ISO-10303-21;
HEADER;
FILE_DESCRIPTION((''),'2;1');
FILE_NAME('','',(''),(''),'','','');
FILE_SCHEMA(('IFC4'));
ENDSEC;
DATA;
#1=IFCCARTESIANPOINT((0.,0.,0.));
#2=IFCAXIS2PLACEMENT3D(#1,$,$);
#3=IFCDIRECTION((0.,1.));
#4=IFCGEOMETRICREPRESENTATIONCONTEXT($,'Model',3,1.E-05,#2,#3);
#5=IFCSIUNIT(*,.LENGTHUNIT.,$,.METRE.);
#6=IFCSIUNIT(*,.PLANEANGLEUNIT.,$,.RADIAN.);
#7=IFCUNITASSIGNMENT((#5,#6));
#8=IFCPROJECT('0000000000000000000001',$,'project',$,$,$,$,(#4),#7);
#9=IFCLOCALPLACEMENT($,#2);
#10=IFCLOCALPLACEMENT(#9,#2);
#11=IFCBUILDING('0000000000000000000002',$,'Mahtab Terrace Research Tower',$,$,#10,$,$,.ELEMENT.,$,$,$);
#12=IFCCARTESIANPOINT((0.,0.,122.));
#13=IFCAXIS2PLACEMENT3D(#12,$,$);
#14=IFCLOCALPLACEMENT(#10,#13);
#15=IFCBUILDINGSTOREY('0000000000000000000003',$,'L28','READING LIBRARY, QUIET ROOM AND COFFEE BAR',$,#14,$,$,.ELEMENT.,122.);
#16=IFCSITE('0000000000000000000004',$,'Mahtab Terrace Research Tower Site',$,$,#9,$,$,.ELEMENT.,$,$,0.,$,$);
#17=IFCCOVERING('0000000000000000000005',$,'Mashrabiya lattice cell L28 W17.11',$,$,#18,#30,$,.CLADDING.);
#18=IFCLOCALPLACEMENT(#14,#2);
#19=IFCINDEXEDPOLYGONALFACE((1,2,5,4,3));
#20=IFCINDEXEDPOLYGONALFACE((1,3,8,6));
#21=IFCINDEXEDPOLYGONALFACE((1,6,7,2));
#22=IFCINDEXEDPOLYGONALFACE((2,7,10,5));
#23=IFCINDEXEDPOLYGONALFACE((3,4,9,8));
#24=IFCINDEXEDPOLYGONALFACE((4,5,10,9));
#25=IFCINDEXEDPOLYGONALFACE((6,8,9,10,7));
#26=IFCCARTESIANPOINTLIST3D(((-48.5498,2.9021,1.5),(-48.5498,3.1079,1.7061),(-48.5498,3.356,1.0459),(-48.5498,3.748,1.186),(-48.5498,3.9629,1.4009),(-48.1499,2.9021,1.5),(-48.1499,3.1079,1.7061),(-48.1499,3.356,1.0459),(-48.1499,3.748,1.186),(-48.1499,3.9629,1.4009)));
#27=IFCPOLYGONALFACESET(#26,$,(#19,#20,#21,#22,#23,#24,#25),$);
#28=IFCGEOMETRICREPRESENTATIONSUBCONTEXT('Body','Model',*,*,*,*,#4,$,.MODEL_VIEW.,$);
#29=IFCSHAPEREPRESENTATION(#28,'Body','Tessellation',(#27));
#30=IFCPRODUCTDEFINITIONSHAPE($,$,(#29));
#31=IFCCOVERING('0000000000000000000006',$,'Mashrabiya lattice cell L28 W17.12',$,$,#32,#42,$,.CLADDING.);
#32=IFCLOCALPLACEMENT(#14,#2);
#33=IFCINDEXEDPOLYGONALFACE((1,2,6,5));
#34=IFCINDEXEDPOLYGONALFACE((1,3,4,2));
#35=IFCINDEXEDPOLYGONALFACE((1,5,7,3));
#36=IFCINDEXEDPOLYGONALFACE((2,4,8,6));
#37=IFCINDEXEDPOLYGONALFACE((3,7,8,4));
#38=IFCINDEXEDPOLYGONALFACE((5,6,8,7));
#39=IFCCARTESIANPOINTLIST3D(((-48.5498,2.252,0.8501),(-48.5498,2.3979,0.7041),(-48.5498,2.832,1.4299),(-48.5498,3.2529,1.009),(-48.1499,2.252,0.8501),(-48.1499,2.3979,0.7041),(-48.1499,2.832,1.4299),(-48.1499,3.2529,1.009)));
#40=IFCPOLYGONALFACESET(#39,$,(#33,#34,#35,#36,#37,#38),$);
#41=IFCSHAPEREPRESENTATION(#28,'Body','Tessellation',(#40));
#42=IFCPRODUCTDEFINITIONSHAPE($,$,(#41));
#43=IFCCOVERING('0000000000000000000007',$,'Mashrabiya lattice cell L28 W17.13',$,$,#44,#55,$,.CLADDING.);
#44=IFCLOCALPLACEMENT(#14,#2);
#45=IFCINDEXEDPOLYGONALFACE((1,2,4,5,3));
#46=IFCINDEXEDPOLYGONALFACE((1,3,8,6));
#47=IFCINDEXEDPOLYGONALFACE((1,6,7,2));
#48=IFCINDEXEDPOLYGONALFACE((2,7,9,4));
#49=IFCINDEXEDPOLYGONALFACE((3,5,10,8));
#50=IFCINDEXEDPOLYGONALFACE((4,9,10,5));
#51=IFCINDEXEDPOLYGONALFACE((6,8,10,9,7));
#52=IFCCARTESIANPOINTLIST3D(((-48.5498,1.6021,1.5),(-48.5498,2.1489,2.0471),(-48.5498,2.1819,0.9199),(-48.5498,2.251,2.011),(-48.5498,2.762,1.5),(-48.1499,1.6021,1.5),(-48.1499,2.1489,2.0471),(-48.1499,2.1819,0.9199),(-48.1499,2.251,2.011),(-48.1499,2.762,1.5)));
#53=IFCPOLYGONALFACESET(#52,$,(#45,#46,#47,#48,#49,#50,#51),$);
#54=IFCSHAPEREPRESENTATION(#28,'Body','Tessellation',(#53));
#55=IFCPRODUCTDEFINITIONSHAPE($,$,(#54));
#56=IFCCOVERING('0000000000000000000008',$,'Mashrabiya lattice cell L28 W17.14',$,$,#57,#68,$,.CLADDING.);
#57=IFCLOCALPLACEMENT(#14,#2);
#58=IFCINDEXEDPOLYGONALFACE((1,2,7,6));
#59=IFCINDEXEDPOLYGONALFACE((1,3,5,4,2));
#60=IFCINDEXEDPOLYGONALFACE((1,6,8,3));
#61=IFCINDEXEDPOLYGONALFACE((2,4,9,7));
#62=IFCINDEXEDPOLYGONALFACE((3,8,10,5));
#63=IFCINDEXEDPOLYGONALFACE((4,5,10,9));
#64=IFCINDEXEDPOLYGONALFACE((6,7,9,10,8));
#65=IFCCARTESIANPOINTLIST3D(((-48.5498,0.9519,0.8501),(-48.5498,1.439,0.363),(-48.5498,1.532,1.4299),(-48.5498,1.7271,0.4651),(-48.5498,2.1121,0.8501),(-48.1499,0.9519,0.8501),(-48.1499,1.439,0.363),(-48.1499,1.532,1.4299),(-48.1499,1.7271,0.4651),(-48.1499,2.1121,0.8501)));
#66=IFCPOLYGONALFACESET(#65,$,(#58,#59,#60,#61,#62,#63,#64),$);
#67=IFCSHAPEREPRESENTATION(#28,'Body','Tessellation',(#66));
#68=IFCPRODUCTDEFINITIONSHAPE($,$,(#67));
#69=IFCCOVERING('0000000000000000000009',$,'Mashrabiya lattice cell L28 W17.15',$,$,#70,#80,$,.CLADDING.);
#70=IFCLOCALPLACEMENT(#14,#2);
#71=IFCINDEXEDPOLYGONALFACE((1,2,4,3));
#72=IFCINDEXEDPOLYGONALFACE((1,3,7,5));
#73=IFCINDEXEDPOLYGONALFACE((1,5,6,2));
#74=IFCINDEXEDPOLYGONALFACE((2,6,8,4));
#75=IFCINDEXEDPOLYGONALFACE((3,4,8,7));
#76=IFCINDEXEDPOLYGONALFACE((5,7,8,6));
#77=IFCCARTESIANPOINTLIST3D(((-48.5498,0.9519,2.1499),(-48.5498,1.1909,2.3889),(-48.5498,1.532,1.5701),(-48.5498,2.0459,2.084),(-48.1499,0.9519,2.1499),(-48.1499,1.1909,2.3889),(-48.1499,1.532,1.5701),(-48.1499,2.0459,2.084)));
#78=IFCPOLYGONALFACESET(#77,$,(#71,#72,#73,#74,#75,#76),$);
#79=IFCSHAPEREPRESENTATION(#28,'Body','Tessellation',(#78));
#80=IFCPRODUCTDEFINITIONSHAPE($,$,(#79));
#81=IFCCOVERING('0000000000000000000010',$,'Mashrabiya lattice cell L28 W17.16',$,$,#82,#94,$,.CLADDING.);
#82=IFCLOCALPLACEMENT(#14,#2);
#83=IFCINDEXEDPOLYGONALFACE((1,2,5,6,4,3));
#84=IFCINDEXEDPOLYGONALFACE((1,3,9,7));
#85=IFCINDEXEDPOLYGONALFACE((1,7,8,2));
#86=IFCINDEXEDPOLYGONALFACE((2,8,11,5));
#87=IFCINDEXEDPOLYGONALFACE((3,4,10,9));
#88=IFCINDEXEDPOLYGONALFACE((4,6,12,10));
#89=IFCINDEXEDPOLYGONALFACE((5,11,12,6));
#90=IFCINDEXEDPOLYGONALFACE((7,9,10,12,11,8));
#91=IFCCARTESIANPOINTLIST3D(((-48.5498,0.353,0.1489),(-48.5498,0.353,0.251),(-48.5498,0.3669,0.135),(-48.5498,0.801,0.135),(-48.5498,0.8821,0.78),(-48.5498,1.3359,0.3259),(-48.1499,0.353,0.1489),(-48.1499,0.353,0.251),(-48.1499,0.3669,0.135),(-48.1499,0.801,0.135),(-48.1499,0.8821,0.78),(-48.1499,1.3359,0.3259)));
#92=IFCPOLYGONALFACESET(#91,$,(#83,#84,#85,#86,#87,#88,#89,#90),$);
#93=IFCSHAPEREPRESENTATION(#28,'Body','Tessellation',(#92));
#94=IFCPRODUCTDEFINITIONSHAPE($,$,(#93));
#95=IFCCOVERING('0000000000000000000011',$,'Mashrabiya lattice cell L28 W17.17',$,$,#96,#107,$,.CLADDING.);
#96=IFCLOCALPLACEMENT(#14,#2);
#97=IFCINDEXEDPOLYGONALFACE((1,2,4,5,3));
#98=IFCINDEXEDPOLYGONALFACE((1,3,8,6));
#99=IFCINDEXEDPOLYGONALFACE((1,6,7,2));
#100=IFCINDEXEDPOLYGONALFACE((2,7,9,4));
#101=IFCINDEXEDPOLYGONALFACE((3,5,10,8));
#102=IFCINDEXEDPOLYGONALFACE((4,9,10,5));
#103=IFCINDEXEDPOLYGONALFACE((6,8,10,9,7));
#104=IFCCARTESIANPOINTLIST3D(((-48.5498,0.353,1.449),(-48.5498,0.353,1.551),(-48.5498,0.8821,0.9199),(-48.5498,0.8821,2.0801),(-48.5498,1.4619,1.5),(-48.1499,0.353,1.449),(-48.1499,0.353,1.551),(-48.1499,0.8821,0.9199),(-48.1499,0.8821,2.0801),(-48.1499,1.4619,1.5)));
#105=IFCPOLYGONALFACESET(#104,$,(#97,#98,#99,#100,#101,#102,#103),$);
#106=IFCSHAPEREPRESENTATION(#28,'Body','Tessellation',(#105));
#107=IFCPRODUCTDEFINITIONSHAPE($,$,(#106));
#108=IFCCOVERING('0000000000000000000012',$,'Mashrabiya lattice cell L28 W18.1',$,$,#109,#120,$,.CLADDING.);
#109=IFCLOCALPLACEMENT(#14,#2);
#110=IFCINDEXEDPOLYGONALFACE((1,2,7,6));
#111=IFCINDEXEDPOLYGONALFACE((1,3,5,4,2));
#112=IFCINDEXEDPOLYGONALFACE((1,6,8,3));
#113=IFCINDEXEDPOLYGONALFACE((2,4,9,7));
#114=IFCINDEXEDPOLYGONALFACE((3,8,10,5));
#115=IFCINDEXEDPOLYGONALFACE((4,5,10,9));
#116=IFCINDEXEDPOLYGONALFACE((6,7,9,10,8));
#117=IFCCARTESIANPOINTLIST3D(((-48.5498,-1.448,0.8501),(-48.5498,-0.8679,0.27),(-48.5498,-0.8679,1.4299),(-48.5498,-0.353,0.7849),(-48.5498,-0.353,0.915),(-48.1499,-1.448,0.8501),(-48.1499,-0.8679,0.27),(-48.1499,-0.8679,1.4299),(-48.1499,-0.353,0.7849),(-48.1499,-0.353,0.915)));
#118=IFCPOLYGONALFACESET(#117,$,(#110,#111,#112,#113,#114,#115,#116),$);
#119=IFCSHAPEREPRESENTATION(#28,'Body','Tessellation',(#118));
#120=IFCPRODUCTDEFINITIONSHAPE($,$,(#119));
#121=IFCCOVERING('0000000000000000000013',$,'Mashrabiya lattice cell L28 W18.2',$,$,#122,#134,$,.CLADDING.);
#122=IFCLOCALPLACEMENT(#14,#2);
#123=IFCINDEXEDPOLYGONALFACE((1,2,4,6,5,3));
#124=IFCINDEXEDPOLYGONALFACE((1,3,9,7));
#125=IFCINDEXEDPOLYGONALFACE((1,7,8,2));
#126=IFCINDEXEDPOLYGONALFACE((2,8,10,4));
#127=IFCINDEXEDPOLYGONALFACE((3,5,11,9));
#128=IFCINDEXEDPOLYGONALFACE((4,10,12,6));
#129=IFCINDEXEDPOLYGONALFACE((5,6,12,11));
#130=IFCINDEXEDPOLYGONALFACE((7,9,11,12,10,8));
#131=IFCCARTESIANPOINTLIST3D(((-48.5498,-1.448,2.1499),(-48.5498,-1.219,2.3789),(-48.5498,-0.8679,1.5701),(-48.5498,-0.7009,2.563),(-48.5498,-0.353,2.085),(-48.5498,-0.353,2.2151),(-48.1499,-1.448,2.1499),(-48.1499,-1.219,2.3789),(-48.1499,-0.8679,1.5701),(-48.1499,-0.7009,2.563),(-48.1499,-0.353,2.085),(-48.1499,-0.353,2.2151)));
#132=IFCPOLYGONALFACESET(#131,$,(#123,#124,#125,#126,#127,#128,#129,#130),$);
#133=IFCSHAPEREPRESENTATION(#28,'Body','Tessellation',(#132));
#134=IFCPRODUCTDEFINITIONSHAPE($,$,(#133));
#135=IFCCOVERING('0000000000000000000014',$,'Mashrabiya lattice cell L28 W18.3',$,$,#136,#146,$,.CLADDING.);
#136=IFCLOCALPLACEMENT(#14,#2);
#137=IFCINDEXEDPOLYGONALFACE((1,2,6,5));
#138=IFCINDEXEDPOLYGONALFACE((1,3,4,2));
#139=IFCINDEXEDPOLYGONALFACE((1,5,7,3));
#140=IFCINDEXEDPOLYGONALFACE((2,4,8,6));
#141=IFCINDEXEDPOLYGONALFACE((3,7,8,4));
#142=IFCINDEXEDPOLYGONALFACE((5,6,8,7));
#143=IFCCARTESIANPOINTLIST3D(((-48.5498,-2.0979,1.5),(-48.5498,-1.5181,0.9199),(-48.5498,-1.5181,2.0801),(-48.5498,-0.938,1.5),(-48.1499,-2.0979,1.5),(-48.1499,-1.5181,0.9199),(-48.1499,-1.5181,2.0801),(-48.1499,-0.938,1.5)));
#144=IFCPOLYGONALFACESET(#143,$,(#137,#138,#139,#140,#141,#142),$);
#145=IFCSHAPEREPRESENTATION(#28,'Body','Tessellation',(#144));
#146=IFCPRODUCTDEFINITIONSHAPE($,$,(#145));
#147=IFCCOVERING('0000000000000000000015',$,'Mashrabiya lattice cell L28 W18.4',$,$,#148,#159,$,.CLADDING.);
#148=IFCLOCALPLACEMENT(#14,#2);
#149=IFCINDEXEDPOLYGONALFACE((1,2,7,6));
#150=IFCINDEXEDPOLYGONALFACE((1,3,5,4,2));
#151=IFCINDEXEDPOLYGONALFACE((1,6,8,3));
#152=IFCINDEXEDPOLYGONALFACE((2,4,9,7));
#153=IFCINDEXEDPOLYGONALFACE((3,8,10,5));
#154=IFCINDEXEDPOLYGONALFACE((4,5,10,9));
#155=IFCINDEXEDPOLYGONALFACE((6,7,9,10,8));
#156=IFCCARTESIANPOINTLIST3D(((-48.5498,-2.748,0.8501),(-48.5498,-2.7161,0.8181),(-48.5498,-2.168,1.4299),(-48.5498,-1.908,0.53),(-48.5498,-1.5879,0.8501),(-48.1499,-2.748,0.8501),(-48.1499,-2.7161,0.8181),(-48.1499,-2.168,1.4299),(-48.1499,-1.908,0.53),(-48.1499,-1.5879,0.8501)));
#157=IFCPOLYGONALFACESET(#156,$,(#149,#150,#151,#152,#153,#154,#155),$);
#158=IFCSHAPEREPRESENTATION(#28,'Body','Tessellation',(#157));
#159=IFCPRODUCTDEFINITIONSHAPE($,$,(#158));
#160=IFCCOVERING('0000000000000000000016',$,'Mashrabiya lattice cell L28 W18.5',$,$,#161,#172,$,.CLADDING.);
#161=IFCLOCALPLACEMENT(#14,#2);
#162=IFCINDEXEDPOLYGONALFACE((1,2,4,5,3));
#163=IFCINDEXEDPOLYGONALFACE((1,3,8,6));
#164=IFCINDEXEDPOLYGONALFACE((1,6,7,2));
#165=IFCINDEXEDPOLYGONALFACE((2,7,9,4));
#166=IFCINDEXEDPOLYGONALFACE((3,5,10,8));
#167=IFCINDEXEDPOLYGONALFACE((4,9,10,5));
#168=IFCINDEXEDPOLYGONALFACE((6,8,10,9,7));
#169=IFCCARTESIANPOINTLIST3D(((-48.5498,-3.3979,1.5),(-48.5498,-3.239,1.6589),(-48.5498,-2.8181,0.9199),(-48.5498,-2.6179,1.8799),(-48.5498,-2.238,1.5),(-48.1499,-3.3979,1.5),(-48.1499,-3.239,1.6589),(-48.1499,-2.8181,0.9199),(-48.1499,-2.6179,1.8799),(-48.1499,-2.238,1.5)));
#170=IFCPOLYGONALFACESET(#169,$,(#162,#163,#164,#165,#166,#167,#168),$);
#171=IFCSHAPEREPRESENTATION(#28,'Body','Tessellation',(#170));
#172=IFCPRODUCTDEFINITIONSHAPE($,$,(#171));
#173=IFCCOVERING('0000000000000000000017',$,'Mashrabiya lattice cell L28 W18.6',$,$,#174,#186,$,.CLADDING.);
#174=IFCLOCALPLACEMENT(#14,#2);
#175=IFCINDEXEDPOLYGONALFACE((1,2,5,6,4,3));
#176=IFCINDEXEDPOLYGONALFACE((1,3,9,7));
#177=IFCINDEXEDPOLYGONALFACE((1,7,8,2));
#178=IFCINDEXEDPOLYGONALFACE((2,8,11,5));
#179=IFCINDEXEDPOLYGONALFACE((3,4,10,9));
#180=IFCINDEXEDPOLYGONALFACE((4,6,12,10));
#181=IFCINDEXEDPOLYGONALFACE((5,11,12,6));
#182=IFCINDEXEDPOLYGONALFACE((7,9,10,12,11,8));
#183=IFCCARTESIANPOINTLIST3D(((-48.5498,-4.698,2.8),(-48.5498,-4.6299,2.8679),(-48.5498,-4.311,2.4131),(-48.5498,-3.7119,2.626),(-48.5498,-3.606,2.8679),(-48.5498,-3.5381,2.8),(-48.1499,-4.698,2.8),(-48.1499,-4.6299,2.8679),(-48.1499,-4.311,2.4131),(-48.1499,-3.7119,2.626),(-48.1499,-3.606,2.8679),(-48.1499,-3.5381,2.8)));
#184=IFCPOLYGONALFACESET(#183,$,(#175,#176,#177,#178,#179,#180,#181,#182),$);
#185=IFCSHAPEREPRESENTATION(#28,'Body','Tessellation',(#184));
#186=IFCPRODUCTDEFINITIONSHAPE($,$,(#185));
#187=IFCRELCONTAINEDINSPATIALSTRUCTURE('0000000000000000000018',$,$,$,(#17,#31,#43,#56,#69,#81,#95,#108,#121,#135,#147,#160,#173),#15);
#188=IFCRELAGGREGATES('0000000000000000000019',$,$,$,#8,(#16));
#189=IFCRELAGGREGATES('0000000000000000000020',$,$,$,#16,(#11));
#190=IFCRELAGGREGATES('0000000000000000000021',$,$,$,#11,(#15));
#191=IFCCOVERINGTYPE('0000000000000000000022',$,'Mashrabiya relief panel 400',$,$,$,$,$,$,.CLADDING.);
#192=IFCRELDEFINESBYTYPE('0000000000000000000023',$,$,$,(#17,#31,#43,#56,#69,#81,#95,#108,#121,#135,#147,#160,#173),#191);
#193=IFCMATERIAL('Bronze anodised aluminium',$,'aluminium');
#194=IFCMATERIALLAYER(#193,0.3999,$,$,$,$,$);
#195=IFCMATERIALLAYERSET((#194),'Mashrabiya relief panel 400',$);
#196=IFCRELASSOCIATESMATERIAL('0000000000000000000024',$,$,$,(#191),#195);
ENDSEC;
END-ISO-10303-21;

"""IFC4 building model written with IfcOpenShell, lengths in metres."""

from ifc_helpers import new_model, si_unit, direction, frame, origin, place, context, subcontext, project, spatial, polyline, outline, extrude, material, layer, layer_set, type_object, element, save


model = new_model("IFC4")

# Units and contexts
model_context = context("Model", 3, precision=1e-05, world=origin(), true_north=direction((0.0, 1.0)))
body_context = subcontext(model_context, "Body", "Model", "MODEL_VIEW")
ifc_project = project(units=[si_unit("LENGTHUNIT", "METRE"), si_unit("PLANEANGLEUNIT", "RADIAN")], contexts=[model_context])

# Site, building, storey
site_placement = place(None, origin())
site = spatial("IfcSite", under=ifc_project, at=site_placement, Name="Mahtab Terrace Research Tower Site", CompositionType="ELEMENT", RefElevation=0.0)
building_placement = place(site_placement, origin())
building = spatial("IfcBuilding", under=site, at=building_placement, Name="Mahtab Terrace Research Tower", CompositionType="ELEMENT")
storey_placement = place(building_placement, frame((0.0, 0.0, 122.0)))
storey = spatial("IfcBuildingStorey", under=building, at=storey_placement, Name="L28", Description="READING LIBRARY, QUIET ROOM AND COFFEE BAR", CompositionType="ELEMENT", Elevation=122.0)

# Coverings
ifc_material_1 = material(Name="Bronze anodised aluminium", Category="aluminium")
ifc_layer_1 = layer(ifc_material_1, 0.3999)
ifc_layer_set_1 = layer_set([ifc_layer_1], Name="Mashrabiya relief panel 400")
covering_type = type_object("IfcCoveringType", Name="Mashrabiya relief panel 400", PredefinedType="CLADDING", material=ifc_layer_set_1)
covering_1_placement = place(storey_placement, frame((-48.1499, 3.9629, 1.4009), z_axis=(1.0, 0.0, 0.0), x_axis=(0.0, -0.941803, 0.336166)))
element("IfcCovering", 1, at=covering_1_placement, inside=storey, type_object=covering_type, Name="Mashrabiya lattice cell L28 W17.11", PredefinedType="CLADDING", context=body_context, shape_type="SweptSolid", body=[
    extrude(outline(polyline([(0.0, 0.0), (0.9078, 0.0), (1.0324, 0.2632), (0.4523, 0.5384), (0.1301, 0.2746), (0.0, 0.0)])), origin(), (0.0, 0.0, -1.0), 0.3999),
])
covering_2_placement = place(storey_placement, frame((-48.1499, 2.832, 1.4299), z_axis=(1.0, 0.0, 0.0), x_axis=(0.0, -0.707256, -0.706958)))
element("IfcCovering", 2, at=covering_2_placement, inside=storey, type_object=covering_type, Name="Mashrabiya lattice cell L28 W17.12", PredefinedType="CLADDING", context=body_context, shape_type="SweptSolid", body=[
    extrude(outline(polyline([(0.0, 0.0), (0.8202, 0.0), (0.8201, 0.2065), (-0.0001, 0.5952), (0.0, 0.0)])), origin(), (0.0, 0.0, -1.0), 0.3999),
])
covering_3_placement = place(storey_placement, frame((-48.1499, 1.6021, 1.5), z_axis=(1.0, 0.0, 0.0), x_axis=(0.0, 0.706958, -0.707256)))
element("IfcCovering", 3, at=covering_3_placement, inside=storey, type_object=covering_type, Name="Mashrabiya lattice cell L28 W17.13", PredefinedType="CLADDING", context=body_context, shape_type="SweptSolid", body=[
    extrude(outline(polyline([(0.0, 0.0), (0.8202, 0.0), (0.82, 0.8204), (0.0974, 0.8202), (-0.0003, 0.7736), (0.0, 0.0)])), origin(), (0.0, 0.0, -1.0), 0.3999),
])
covering_4_placement = place(storey_placement, frame((-48.1499, 2.1121, 0.8501), z_axis=(1.0, 0.0, 0.0), x_axis=(0.0, -0.707256, 0.706958)))
element("IfcCovering", 4, at=covering_4_placement, inside=storey, type_object=covering_type, Name="Mashrabiya lattice cell L28 W17.14", PredefinedType="CLADDING", context=body_context, shape_type="SweptSolid", body=[
    extrude(outline(polyline([(0.0, 0.0), (0.8202, 0.0), (0.8205, 0.8202), (0.1317, 0.8203), (0.0001, 0.5445), (0.0, 0.0)])), origin(), (0.0, 0.0, -1.0), 0.3999),
])
covering_5_placement = place(storey_placement, frame((-48.1499, 0.9519, 2.1499), z_axis=(1.0, 0.0, 0.0), x_axis=(0.0, 0.707256, -0.706958)))
element("IfcCovering", 5, at=covering_5_placement, inside=storey, type_object=covering_type, Name="Mashrabiya lattice cell L28 W17.15", PredefinedType="CLADDING", context=body_context, shape_type="SweptSolid", body=[
    extrude(outline(polyline([(0.0, 0.0), (0.8202, 0.0), (0.8203, 0.7268), (0.0001, 0.338), (0.0, 0.0)])), origin(), (0.0, 0.0, -1.0), 0.3999),
])
covering_6_placement = place(storey_placement, frame((-48.1499, 0.3669, 0.135), z_axis=(1.0, 0.0, 0.0), x_axis=(0.0, 1.0, 0.0)))
element("IfcCovering", 6, at=covering_6_placement, inside=storey, type_object=covering_type, Name="Mashrabiya lattice cell L28 W17.16", PredefinedType="CLADDING", context=body_context, shape_type="SweptSolid", body=[
    extrude(outline(polyline([(0.0, 0.0), (0.4341, 0.0), (0.969, 0.1909), (0.5151, 0.645), (-0.0139, 0.116), (-0.0139, 0.0139), (0.0, 0.0)])), origin(), (0.0, 0.0, -1.0), 0.3999),
])
covering_7_placement = place(storey_placement, frame((-48.1499, 0.8821, 0.9199), z_axis=(1.0, 0.0, 0.0), x_axis=(0.0, 0.706958, 0.707256)))
element("IfcCovering", 7, at=covering_7_placement, inside=storey, type_object=covering_type, Name="Mashrabiya lattice cell L28 W17.17", PredefinedType="CLADDING", context=body_context, shape_type="SweptSolid", body=[
    extrude(outline(polyline([(0.0, 0.0), (0.8202, 0.0), (0.8205, 0.8202), (0.0723, 0.8203), (0.0002, 0.7482), (0.0, 0.0)])), origin(), (0.0, 0.0, -1.0), 0.3999),
])
covering_8_placement = place(storey_placement, frame((-48.1499, -0.8679, 1.4299), z_axis=(1.0, 0.0, 0.0), x_axis=(0.0, -0.707256, -0.706958)))
element("IfcCovering", 8, at=covering_8_placement, inside=storey, type_object=covering_type, Name="Mashrabiya lattice cell L28 W18.1", PredefinedType="CLADDING", context=body_context, shape_type="SweptSolid", body=[
    extrude(outline(polyline([(0.0, 0.0), (0.8202, 0.0), (0.82, 0.8204), (0.0918, 0.8202), (-0.0002, 0.7282), (0.0, 0.0)])), origin(), (0.0, 0.0, -1.0), 0.3999),
])
covering_9_placement = place(storey_placement, frame((-48.1499, -1.448, 2.1499), z_axis=(1.0, 0.0, 0.0), x_axis=(0.0, 0.707256, -0.706958)))
element("IfcCovering", 9, at=covering_9_placement, inside=storey, type_object=covering_type, Name="Mashrabiya lattice cell L28 W18.2", PredefinedType="CLADDING", context=body_context, shape_type="SweptSolid", body=[
    extrude(outline(polyline([(0.0, 0.0), (0.8202, 0.0), (0.8203, 0.7282), (0.7283, 0.8202), (0.2363, 0.8203), (0.0001, 0.3239), (0.0, 0.0)])), origin(), (0.0, 0.0, -1.0), 0.3999),
])
covering_10_placement = place(storey_placement, frame((-48.1499, -1.5181, 2.0801), z_axis=(1.0, 0.0, 0.0), x_axis=(0.0, -0.706958, -0.707256)))
element("IfcCovering", 10, at=covering_10_placement, inside=storey, type_object=covering_type, Name="Mashrabiya lattice cell L28 W18.3", PredefinedType="CLADDING", context=body_context, shape_type="SweptSolid", body=[
    extrude(outline(polyline([(0.0, 0.0), (0.8202, 0.0), (0.8205, 0.8202), (0.0002, 0.8204), (0.0, 0.0)])), origin(), (0.0, 0.0, -1.0), 0.3999),
])
covering_11_placement = place(storey_placement, frame((-48.1499, -1.5879, 0.8501), z_axis=(1.0, 0.0, 0.0), x_axis=(0.0, -0.707256, 0.706958)))
element("IfcCovering", 11, at=covering_11_placement, inside=storey, type_object=covering_type, Name="Mashrabiya lattice cell L28 W18.4", PredefinedType="CLADDING", context=body_context, shape_type="SweptSolid", body=[
    extrude(outline(polyline([(0.0, 0.0), (0.8202, 0.0), (0.8205, 0.8202), (0.7753, 0.8202), (0.0001, 0.4526), (0.0, 0.0)])), origin(), (0.0, 0.0, -1.0), 0.3999),
])
covering_12_placement = place(storey_placement, frame((-48.1499, -3.3979, 1.5), z_axis=(1.0, 0.0, 0.0), x_axis=(0.0, 0.706958, -0.707256)))
element("IfcCovering", 12, at=covering_12_placement, inside=storey, type_object=covering_type, Name="Mashrabiya lattice cell L28 W18.5", PredefinedType="CLADDING", context=body_context, shape_type="SweptSolid", body=[
    extrude(outline(polyline([(0.0, 0.0), (0.8202, 0.0), (0.82, 0.8204), (0.2828, 0.8202), (0.0, 0.2248), (0.0, 0.0)])), origin(), (0.0, 0.0, -1.0), 0.3999),
])
covering_13_placement = place(storey_placement, frame((-48.1499, -3.5381, 2.8), z_axis=(1.0, 0.0, 0.0), x_axis=(0.0, -0.707107, 0.707107)))
element("IfcCovering", 13, at=covering_13_placement, inside=storey, type_object=covering_type, Name="Mashrabiya lattice cell L28 W18.6", PredefinedType="CLADDING", context=body_context, shape_type="SweptSolid", body=[
    extrude(outline(polyline([(0.0, 0.0), (0.096, 0.0), (0.82, 0.724), (0.8202, 0.8202), (0.2729, 0.8202), (-0.0002, 0.246), (0.0, 0.0)])), origin(), (0.0, 0.0, -1.0), 0.3999),
])

save(model, "model.ifc")
